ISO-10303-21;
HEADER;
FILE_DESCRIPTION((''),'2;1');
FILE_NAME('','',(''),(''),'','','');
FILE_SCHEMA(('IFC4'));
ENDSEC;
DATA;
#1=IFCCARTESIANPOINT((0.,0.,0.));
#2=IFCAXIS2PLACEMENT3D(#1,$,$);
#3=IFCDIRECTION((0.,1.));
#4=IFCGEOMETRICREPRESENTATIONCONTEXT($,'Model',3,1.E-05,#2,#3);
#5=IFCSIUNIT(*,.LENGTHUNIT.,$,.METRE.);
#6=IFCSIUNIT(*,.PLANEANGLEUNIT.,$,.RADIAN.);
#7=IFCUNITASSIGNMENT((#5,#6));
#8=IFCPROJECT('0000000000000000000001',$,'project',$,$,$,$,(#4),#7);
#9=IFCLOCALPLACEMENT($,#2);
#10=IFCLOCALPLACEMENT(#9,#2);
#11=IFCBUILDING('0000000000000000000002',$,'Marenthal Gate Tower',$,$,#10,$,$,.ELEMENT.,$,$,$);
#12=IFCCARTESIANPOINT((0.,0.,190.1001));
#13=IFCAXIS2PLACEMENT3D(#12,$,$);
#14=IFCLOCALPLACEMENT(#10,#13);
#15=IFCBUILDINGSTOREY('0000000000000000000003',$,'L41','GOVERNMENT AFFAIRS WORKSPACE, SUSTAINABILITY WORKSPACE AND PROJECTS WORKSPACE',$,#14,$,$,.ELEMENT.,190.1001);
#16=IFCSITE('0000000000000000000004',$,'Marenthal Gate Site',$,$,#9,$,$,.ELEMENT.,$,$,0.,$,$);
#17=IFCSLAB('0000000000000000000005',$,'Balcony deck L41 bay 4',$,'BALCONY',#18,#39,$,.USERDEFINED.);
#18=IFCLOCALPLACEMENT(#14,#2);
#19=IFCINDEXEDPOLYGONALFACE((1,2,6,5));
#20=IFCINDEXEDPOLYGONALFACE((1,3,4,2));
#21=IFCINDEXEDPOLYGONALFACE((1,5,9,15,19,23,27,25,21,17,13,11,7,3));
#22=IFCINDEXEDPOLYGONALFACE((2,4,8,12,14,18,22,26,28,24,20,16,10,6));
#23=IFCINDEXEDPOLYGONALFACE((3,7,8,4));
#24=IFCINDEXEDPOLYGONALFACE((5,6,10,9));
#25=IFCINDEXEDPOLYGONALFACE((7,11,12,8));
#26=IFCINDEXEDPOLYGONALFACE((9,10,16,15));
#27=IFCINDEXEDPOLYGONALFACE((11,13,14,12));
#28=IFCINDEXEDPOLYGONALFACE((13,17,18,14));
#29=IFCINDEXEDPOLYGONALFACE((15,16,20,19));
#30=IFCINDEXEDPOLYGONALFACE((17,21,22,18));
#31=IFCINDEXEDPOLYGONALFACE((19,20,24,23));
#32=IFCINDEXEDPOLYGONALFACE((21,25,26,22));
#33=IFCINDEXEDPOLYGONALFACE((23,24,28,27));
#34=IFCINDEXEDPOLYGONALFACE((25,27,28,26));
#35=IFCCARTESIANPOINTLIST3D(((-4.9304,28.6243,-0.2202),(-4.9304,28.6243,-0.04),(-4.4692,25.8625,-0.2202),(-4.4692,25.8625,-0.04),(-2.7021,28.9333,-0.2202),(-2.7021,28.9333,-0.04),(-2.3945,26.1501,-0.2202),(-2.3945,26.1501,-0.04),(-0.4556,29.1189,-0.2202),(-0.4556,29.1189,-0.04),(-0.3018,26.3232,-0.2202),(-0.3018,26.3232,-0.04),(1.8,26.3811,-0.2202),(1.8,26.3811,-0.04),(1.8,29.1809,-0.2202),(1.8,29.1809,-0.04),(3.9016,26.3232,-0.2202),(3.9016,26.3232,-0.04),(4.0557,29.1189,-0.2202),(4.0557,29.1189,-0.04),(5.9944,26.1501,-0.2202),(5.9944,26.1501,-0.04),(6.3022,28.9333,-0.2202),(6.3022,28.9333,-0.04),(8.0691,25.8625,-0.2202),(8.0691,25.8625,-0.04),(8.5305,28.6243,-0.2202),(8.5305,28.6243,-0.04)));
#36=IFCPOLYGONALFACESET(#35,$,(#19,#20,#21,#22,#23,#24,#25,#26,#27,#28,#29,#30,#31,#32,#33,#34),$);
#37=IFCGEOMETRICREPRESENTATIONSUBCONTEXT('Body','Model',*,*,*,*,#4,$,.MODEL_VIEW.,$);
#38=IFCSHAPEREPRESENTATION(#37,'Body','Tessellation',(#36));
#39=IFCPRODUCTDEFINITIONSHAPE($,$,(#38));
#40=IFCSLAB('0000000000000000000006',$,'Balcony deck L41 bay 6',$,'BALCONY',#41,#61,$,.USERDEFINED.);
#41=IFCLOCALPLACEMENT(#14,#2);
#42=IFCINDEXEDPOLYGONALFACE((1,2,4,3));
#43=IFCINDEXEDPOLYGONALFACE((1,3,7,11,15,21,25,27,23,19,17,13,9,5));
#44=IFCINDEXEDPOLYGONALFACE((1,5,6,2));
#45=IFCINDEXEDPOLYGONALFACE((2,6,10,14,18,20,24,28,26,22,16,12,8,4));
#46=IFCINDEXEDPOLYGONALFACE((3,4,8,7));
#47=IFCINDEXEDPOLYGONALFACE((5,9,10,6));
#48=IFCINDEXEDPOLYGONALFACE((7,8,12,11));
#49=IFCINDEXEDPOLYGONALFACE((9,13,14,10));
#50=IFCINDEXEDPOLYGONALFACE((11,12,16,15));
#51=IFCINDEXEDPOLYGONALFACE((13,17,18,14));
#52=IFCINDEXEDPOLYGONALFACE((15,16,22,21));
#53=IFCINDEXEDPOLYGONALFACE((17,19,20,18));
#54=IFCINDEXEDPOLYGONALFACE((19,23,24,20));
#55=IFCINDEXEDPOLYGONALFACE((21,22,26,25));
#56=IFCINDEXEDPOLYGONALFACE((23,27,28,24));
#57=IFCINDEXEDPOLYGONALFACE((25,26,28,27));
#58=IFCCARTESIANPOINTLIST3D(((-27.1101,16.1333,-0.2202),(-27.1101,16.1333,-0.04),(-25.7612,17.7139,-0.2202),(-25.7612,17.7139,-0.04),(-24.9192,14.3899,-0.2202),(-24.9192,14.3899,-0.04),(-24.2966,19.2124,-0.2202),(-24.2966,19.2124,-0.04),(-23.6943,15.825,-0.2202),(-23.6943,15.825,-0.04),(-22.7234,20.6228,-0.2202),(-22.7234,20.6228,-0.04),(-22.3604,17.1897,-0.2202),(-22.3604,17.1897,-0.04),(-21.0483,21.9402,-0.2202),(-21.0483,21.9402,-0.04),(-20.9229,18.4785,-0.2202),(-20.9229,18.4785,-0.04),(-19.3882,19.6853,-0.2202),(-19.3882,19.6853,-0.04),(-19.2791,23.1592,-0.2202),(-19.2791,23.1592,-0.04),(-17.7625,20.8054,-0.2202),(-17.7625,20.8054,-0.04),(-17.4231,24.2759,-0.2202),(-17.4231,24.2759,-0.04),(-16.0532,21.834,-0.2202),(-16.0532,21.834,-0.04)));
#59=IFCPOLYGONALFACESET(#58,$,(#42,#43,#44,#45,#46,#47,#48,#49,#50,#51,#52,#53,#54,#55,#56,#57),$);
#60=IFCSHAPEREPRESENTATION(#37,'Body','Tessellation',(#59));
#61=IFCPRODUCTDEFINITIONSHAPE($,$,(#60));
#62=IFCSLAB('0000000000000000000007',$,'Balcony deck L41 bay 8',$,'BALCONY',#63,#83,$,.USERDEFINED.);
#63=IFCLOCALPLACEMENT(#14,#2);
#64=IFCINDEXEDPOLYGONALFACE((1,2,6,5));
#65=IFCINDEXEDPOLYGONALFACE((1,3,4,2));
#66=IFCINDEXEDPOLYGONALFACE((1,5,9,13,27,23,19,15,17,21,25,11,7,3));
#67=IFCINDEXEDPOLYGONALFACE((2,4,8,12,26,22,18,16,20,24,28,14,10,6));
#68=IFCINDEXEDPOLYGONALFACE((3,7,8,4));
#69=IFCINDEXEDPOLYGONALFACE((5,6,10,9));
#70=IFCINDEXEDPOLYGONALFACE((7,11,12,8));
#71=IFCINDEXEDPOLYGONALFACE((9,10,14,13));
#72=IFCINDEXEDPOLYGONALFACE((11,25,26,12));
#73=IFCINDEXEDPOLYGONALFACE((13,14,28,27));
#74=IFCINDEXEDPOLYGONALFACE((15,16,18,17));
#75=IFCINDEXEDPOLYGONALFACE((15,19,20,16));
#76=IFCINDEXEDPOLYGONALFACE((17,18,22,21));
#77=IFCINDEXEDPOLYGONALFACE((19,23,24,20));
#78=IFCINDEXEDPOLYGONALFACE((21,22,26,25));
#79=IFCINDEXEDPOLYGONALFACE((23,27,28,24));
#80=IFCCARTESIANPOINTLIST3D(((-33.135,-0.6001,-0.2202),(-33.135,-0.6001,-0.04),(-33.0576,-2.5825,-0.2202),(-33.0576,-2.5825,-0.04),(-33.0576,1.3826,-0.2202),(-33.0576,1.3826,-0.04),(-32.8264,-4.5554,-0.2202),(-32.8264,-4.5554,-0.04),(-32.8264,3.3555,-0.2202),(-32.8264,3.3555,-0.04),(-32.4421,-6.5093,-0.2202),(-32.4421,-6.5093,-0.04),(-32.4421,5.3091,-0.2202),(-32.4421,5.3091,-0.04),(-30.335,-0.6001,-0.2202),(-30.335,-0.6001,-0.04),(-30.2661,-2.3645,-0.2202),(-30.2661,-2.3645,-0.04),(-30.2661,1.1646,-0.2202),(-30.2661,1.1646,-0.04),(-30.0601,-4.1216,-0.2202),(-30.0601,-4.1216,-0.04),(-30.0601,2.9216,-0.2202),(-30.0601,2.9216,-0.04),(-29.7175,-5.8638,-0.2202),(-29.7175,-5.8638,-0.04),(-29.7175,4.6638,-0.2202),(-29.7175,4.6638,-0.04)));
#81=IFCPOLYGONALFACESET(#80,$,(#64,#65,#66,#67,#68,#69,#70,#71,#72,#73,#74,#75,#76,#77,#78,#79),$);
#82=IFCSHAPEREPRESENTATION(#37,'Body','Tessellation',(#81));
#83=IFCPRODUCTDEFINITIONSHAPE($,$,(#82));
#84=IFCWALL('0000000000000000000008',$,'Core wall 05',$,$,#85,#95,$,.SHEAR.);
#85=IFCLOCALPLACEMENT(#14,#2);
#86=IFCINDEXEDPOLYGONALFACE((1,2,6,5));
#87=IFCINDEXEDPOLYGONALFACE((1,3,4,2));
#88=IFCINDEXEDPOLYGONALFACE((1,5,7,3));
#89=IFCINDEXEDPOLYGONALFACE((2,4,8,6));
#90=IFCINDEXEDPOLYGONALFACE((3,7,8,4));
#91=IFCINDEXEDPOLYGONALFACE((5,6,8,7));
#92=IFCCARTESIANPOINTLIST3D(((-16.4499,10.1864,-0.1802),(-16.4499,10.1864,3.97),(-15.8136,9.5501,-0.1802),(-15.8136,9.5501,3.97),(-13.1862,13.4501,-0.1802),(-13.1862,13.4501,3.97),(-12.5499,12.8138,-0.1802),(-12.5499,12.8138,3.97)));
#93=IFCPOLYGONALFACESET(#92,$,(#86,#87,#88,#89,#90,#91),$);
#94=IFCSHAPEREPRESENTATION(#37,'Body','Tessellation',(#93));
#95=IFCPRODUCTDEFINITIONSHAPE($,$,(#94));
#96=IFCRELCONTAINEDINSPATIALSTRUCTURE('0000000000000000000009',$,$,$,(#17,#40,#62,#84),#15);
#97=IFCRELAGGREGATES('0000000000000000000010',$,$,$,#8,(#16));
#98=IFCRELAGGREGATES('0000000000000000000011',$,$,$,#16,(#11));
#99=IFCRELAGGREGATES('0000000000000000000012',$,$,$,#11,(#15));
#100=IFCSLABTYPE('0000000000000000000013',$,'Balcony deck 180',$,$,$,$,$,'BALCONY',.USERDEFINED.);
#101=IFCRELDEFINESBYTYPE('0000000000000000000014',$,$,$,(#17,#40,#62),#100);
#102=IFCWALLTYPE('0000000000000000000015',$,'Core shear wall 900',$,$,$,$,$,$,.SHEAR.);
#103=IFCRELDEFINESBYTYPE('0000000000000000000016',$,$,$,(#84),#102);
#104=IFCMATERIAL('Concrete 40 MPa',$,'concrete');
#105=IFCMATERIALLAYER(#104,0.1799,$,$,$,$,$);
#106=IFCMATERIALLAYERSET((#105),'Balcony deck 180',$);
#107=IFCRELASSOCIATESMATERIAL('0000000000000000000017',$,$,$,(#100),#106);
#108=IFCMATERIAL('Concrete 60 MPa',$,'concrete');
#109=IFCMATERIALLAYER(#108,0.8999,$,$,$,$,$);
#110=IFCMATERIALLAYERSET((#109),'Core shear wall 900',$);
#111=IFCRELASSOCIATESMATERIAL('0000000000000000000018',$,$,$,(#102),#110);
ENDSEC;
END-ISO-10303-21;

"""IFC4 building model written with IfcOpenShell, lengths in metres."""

from ifc_helpers import new_model, si_unit, direction, frame, frame_2d, origin, place, context, subcontext, project, spatial, polyline, rectangle, outline, extrude, material, layer, layer_set, type_object, element, save


model = new_model("IFC4")

# Units and contexts
model_context = context("Model", 3, precision=1e-05, world=origin(), true_north=direction((0.0, 1.0)))
body_context = subcontext(model_context, "Body", "Model", "MODEL_VIEW")
ifc_project = project(units=[si_unit("LENGTHUNIT", "METRE"), si_unit("PLANEANGLEUNIT", "RADIAN")], contexts=[model_context])

# Site, building, storey
site_placement = place(None, origin())
site = spatial("IfcSite", under=ifc_project, at=site_placement, Name="Marenthal Gate Site", CompositionType="ELEMENT", RefElevation=0.0)
building_placement = place(site_placement, origin())
building = spatial("IfcBuilding", under=site, at=building_placement, Name="Marenthal Gate Tower", CompositionType="ELEMENT")
storey_placement = place(building_placement, frame((0.0, 0.0, 190.1001)))
storey = spatial("IfcBuildingStorey", under=building, at=storey_placement, Name="L41", Description="GOVERNMENT AFFAIRS WORKSPACE, SUSTAINABILITY WORKSPACE AND PROJECTS WORKSPACE", CompositionType="ELEMENT", Elevation=190.1001)

# Slabs
ifc_material_1 = material(Name="Concrete 40 MPa", Category="concrete")
ifc_layer_1 = layer(ifc_material_1, 0.1799)
ifc_layer_set_1 = layer_set([ifc_layer_1], Name="Balcony deck 180")
slab_type = type_object("IfcSlabType", Name="Balcony deck 180", ElementType="BALCONY", PredefinedType="USERDEFINED", material=ifc_layer_set_1)
slab_1_placement = place(storey_placement, frame((0.0, 0.0, -0.2202)))
element("IfcSlab", 1, at=slab_1_placement, inside=storey, type_object=slab_type, Name="Balcony deck L41 bay 4", ObjectType="BALCONY", PredefinedType="USERDEFINED", context=body_context, shape_type="SweptSolid", body=[
    extrude(outline(polyline([(8.0691, 25.8625), (5.9944, 26.1501), (3.9016, 26.3232), (1.8, 26.3811), (-0.3018, 26.3232), (-2.3945, 26.1501), (-4.4692, 25.8625), (-4.9304, 28.6243), (-2.7021, 28.9333), (-0.4556, 29.1189), (1.8, 29.1809), (4.0557, 29.1189), (6.3022, 28.9333), (8.5305, 28.6243), (8.0691, 25.8625)])), origin(), (0.0, 0.0, 1.0), 0.1802),
])
slab_2_placement = place(storey_placement, frame((0.0, 0.0, -0.2202)))
element("IfcSlab", 2, at=slab_2_placement, inside=storey, type_object=slab_type, Name="Balcony deck L41 bay 6", ObjectType="BALCONY", PredefinedType="USERDEFINED", context=body_context, shape_type="SweptSolid", body=[
    extrude(outline(polyline([(-16.0532, 21.834), (-17.7625, 20.8054), (-19.3882, 19.6853), (-20.9229, 18.4785), (-22.3604, 17.1897), (-23.6943, 15.825), (-24.9192, 14.3899), (-27.1101, 16.1333), (-25.7612, 17.7139), (-24.2966, 19.2124), (-22.7234, 20.6228), (-21.0483, 21.9402), (-19.2791, 23.1592), (-17.4231, 24.2759), (-16.0532, 21.834)])), origin(), (0.0, 0.0, 1.0), 0.1802),
])
slab_3_placement = place(storey_placement, frame((0.0, 0.0, -0.2202)))
element("IfcSlab", 3, at=slab_3_placement, inside=storey, type_object=slab_type, Name="Balcony deck L41 bay 8", ObjectType="BALCONY", PredefinedType="USERDEFINED", context=body_context, shape_type="SweptSolid", body=[
    extrude(outline(polyline([(-29.7175, 4.6638), (-30.0601, 2.9216), (-30.2661, 1.1646), (-30.335, -0.6001), (-30.2661, -2.3645), (-30.0601, -4.1216), (-29.7175, -5.8638), (-32.4421, -6.5093), (-32.8264, -4.5554), (-33.0576, -2.5825), (-33.135, -0.6001), (-33.0576, 1.3826), (-32.8264, 3.3555), (-32.4421, 5.3091), (-29.7175, 4.6638)])), origin(), (0.0, 0.0, 1.0), 0.1802),
])

# Wall
ifc_material_2 = material(Name="Concrete 60 MPa", Category="concrete")
ifc_layer_2 = layer(ifc_material_2, 0.8999)
ifc_layer_set_2 = layer_set([ifc_layer_2], Name="Core shear wall 900")
wall_type_1 = type_object("IfcWallType", Name="Core shear wall 900", PredefinedType="SHEAR", material=ifc_layer_set_2)
wall_1_placement = place(storey_placement, frame((-12.8682, 13.1318, -0.1802), z_axis=(0.0, 0.0, 1.0), x_axis=(-0.707107, -0.707107, 0.0)))
element("IfcWall", 4, at=wall_1_placement, inside=storey, type_object=wall_type_1, Name="Core wall 05", PredefinedType="SHEAR", context=body_context, shape_type="SweptSolid", body=[
    extrude(rectangle(XDim=4.6155, YDim=0.8999, at=frame_2d((2.3076, 0.0))), origin(), (0.0, 0.0, 1.0), 4.1501),
])

save(model, "model.ifc")
